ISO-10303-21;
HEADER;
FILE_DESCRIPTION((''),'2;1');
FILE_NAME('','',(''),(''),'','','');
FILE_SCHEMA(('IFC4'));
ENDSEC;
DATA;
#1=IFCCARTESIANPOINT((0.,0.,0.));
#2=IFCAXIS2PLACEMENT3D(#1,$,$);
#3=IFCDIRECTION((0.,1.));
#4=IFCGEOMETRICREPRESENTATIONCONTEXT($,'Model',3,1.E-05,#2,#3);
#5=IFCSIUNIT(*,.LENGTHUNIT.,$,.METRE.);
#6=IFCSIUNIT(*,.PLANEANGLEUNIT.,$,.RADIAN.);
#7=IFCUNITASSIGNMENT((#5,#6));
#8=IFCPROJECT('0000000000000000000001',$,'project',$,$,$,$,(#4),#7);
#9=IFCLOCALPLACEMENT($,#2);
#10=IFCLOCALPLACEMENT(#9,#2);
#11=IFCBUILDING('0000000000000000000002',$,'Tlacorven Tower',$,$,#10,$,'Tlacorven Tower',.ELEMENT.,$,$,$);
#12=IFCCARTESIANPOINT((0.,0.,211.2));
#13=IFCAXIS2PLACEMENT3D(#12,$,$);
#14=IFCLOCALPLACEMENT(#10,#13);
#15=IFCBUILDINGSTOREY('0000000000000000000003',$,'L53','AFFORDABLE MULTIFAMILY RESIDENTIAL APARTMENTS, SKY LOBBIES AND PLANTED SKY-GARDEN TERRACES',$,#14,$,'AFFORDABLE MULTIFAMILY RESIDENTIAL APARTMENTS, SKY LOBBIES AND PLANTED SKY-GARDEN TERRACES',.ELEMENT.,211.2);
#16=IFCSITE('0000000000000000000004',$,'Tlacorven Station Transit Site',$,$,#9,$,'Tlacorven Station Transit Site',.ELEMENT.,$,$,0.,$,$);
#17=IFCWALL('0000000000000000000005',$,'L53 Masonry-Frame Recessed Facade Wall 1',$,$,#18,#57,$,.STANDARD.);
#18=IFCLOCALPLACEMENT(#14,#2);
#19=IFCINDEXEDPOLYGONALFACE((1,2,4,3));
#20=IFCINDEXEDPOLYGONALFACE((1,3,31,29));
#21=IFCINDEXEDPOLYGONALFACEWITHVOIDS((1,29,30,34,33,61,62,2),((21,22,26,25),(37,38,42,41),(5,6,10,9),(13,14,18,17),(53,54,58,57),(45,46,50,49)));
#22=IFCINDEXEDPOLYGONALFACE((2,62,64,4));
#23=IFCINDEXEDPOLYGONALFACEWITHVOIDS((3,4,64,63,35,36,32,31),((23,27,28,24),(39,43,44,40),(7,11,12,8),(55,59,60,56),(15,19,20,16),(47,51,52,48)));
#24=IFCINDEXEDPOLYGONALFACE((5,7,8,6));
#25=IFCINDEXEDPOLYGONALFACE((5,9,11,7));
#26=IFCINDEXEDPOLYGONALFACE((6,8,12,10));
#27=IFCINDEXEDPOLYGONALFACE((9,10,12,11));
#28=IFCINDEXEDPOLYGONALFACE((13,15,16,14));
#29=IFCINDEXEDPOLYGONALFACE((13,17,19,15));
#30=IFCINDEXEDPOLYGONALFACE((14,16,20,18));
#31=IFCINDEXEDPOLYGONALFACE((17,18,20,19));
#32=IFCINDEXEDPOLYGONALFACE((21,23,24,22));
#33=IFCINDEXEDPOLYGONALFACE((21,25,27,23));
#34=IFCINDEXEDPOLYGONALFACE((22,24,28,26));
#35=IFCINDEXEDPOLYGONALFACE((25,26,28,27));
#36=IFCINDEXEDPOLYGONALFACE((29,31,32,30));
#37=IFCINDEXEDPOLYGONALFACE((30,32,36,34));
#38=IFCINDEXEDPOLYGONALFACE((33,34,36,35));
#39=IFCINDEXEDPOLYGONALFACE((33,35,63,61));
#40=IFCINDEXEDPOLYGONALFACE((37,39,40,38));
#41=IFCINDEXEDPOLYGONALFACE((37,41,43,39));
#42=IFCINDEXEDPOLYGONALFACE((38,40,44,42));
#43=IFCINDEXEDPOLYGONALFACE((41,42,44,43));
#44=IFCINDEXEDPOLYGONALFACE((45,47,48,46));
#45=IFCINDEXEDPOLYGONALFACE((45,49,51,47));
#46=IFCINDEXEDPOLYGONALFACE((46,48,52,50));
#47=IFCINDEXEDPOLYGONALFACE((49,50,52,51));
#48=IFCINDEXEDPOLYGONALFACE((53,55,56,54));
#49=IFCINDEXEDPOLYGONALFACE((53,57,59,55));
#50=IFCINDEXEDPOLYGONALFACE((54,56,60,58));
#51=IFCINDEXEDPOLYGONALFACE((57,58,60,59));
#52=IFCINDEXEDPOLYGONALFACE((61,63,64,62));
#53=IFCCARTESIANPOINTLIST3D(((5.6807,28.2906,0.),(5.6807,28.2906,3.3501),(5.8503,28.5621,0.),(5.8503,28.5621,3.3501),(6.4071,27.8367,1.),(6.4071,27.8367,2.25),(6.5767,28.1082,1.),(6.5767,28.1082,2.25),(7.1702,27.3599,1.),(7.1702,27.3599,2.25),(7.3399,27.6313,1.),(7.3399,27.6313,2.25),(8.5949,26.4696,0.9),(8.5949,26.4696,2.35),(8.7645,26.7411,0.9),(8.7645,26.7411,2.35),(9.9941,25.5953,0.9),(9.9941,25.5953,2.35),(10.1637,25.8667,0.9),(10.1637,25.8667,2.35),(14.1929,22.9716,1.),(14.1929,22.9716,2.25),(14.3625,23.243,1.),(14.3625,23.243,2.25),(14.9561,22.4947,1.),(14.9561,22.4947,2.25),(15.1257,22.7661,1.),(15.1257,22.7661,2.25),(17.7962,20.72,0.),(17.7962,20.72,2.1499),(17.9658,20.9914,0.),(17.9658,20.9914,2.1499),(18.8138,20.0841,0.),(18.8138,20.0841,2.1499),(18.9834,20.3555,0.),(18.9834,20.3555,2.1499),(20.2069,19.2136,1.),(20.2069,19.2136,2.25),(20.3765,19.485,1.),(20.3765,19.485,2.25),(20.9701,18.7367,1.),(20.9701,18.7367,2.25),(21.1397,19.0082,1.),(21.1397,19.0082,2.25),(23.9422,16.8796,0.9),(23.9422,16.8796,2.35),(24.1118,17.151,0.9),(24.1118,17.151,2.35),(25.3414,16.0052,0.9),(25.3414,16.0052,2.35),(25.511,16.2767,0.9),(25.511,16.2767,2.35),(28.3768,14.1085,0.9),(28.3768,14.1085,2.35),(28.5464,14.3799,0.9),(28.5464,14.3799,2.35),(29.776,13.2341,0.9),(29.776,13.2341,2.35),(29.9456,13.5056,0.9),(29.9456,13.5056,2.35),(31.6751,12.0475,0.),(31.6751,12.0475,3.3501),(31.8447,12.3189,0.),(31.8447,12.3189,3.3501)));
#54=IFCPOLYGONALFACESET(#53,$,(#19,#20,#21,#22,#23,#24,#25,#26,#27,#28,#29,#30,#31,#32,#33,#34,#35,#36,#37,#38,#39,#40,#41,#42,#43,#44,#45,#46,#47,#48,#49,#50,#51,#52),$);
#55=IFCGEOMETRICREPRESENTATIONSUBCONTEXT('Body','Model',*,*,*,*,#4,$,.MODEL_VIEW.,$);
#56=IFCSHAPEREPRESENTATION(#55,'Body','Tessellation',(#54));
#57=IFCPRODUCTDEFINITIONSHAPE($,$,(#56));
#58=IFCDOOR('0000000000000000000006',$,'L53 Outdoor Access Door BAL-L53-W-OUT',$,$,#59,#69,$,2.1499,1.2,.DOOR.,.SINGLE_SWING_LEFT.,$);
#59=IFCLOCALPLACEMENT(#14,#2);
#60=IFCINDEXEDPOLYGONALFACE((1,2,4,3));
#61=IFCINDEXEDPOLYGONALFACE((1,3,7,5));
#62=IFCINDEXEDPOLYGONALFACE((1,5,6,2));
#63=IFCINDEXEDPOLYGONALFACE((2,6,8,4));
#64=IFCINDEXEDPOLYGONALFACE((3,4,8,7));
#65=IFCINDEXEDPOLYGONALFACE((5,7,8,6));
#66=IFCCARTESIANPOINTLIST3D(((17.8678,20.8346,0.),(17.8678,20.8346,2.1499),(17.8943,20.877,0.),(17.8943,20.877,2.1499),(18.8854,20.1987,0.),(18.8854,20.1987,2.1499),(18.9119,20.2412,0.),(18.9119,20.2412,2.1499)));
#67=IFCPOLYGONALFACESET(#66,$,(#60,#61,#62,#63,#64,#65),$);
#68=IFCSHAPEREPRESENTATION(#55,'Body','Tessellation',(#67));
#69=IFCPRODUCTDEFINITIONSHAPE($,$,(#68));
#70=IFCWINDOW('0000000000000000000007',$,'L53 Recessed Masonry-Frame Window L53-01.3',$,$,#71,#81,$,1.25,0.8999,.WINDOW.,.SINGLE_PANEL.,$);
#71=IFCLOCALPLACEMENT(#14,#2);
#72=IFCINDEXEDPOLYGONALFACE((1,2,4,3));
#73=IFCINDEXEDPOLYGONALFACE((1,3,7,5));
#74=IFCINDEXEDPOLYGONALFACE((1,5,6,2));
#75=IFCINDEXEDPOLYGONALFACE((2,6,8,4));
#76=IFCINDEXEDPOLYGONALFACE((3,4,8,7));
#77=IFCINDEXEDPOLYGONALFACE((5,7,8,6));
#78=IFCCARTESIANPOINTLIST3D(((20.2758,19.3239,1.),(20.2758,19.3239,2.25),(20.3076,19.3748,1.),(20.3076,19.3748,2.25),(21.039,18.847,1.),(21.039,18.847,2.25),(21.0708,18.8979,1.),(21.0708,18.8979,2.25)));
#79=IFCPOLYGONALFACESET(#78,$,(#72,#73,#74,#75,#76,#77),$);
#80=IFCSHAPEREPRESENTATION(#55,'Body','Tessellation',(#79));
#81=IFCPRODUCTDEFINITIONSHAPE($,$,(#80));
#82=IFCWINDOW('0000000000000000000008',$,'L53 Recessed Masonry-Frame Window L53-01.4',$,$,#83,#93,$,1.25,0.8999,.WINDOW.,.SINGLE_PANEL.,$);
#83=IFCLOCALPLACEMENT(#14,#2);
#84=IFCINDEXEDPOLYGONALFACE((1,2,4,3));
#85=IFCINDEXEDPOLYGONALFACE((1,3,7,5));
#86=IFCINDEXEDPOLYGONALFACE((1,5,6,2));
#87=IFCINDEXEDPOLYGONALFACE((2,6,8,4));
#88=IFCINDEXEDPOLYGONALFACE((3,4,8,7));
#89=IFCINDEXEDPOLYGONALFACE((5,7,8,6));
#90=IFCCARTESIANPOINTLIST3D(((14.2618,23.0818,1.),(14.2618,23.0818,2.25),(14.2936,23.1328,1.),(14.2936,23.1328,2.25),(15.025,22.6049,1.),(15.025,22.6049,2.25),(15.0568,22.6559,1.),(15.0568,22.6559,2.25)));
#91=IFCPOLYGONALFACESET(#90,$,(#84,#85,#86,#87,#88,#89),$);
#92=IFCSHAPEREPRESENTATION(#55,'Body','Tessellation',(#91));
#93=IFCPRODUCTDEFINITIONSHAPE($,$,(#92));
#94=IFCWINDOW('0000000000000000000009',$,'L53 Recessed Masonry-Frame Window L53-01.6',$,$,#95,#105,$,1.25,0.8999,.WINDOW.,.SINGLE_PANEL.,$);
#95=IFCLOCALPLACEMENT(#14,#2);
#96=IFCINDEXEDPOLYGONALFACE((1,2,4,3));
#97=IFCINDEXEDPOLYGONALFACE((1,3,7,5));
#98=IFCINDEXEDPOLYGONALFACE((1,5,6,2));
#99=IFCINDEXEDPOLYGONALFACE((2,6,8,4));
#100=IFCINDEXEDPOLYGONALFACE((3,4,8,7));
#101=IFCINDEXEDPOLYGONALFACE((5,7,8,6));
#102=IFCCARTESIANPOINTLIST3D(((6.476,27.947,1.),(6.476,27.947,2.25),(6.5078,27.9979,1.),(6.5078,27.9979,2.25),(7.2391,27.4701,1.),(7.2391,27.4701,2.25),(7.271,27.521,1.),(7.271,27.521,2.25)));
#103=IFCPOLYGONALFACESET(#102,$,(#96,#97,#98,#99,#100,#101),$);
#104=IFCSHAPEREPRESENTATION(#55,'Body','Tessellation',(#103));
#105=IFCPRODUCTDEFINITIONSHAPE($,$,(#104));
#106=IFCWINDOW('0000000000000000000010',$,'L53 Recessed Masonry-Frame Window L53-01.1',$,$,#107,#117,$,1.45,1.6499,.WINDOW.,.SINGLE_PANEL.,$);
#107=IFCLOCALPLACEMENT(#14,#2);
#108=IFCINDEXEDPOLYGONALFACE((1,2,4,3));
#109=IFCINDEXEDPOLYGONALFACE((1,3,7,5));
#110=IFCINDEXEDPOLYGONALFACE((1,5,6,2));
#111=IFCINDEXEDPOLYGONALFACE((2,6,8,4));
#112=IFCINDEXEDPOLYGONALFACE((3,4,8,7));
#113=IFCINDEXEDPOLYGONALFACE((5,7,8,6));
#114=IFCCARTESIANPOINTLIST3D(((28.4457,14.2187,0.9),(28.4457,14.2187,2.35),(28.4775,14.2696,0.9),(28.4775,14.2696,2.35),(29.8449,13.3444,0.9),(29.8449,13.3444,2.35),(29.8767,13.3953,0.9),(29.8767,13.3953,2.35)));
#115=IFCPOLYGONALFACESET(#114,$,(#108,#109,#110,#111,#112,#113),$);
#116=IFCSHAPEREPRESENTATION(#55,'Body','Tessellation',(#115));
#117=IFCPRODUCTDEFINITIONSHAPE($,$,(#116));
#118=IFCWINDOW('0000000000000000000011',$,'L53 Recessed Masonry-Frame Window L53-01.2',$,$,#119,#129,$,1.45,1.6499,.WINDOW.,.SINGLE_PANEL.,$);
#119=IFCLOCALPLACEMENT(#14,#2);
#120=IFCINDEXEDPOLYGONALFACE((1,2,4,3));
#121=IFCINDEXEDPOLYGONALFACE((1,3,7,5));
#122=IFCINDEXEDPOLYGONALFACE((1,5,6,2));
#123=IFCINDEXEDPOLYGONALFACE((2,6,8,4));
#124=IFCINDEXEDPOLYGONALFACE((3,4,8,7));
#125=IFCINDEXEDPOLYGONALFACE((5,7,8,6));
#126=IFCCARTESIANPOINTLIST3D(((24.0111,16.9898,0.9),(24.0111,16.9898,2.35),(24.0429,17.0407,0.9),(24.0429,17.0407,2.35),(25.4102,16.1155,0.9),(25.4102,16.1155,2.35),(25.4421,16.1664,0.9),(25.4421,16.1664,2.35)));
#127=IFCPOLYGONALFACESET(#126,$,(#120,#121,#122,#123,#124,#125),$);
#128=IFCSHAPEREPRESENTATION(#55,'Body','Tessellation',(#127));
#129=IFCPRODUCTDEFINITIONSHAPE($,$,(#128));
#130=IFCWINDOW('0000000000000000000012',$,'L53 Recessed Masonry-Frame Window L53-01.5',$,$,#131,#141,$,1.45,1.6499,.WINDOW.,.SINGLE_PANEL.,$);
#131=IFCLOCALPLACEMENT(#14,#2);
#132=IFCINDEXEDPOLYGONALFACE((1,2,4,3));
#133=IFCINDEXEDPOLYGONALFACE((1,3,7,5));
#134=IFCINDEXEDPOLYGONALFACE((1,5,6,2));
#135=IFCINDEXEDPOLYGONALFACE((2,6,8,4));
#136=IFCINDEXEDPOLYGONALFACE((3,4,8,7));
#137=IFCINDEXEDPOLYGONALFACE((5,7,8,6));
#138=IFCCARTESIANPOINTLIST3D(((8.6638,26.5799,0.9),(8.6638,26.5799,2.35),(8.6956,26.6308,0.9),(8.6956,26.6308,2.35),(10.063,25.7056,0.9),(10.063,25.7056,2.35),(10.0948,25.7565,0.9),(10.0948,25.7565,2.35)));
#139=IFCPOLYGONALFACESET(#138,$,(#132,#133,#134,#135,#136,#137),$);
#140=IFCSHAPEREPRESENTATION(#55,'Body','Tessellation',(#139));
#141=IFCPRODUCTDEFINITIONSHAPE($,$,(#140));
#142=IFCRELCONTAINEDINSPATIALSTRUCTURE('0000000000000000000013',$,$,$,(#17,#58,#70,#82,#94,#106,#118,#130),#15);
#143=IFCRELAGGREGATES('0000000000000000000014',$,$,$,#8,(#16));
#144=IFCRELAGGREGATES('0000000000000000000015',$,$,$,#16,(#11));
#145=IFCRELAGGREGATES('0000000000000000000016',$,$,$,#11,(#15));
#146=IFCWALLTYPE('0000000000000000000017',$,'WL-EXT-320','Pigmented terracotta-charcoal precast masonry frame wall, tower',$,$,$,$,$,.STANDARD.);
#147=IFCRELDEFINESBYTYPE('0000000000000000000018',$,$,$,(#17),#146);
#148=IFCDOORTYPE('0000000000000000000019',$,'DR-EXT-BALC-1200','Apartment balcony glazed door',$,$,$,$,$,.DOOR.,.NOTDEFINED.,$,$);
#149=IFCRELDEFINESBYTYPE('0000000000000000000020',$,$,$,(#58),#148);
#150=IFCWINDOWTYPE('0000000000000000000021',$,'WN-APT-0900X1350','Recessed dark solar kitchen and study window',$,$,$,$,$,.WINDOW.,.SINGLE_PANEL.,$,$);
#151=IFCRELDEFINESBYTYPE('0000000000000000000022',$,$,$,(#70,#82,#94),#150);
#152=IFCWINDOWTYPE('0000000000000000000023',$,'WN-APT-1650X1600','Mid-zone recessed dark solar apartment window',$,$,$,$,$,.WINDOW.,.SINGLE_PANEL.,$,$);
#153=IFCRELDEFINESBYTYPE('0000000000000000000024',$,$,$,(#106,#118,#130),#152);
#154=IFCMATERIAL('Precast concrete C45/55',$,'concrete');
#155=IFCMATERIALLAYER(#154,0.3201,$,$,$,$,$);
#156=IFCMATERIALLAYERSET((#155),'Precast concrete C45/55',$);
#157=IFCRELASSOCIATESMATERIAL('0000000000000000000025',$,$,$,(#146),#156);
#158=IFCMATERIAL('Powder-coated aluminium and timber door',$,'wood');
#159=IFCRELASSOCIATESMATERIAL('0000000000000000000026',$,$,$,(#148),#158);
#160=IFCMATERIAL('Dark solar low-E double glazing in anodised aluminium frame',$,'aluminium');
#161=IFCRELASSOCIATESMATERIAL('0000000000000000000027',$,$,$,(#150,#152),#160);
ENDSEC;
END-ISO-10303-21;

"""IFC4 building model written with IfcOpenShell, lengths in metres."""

from ifc_helpers import new_model, si_unit, direction, frame, frame_2d, origin, place, context, subcontext, project, spatial, rectangle, extrude, source, transform, mapped, material, layer, layer_set, type_object, element, fill, save


model = new_model("IFC4")

# Units and contexts
model_context = context("Model", 3, precision=1e-05, world=origin(), true_north=direction((0.0, 1.0)))
body_context = subcontext(model_context, "Body", "Model", "MODEL_VIEW")
ifc_project = project(units=[si_unit("LENGTHUNIT", "METRE"), si_unit("PLANEANGLEUNIT", "RADIAN")], contexts=[model_context])

# Site, building, storey
site_placement = place(None, origin())
site = spatial("IfcSite", under=ifc_project, at=site_placement, Name="Tlacorven Station Transit Site", LongName="Tlacorven Station Transit Site", CompositionType="ELEMENT", RefElevation=0.0)
building_placement = place(site_placement, origin())
building = spatial("IfcBuilding", under=site, at=building_placement, Name="Tlacorven Tower", LongName="Tlacorven Tower", CompositionType="ELEMENT")
storey_placement = place(building_placement, frame((0.0, 0.0, 211.2)))
storey = spatial("IfcBuildingStorey", under=building, at=storey_placement, Name="L53", Description="AFFORDABLE MULTIFAMILY RESIDENTIAL APARTMENTS, SKY LOBBIES AND PLANTED SKY-GARDEN TERRACES", LongName="AFFORDABLE MULTIFAMILY RESIDENTIAL APARTMENTS, SKY LOBBIES AND PLANTED SKY-GARDEN TERRACES", CompositionType="ELEMENT", Elevation=211.2)

# Wall, openings, door, windows
ifc_material_1 = material(Name="Precast concrete C45/55", Category="concrete")
ifc_layer_1 = layer(ifc_material_1, 0.3201)
ifc_layer_set_1 = layer_set([ifc_layer_1], Name="Precast concrete C45/55")
wall_type_1 = type_object("IfcWallType", Name="WL-EXT-320", Description="Pigmented terracotta-charcoal precast masonry frame wall, tower", PredefinedType="STANDARD", material=ifc_layer_set_1)
wall_1_placement = place(storey_placement, frame((31.76, 12.1831, 0.0), z_axis=(0.0, 0.0, 1.0), x_axis=(-0.848047, 0.529921, 0.0)))
wall_1 = element("IfcWall", 1, at=wall_1_placement, inside=storey, type_object=wall_type_1, Name="L53 Masonry-Frame Recessed Facade Wall 1", PredefinedType="STANDARD", context=body_context, shape_type="SweptSolid", body=[
    extrude(rectangle(XDim=30.6521, YDim=0.3201, at=frame_2d((15.3262, 0.0))), origin(), (0.0, 0.0, 1.0), 3.3501),
])
opening_1_placement = place(wall_1_placement, frame((15.1658, 0.0, 0.0)))
opening_1 = element("IfcOpeningElement", 2, at=opening_1_placement, cuts=wall_1, PredefinedType="OPENING", context=body_context, shape_type="SweptSolid", body=[
    extrude(rectangle(XDim=1.2, YDim=2.1499, at=frame_2d((0.6001, 1.075))), frame((0.0, 0.1699, 0.0), z_axis=(0.0, -1.0, 0.0), x_axis=(1.0, 0.0, 0.0)), (0.0, 0.0, 1.0), 0.3401),
])
opening_2_placement = place(wall_1_placement, frame((2.2395, 0.0, 0.8999)))
opening_2 = element("IfcOpeningElement", 3, at=opening_2_placement, cuts=wall_1, PredefinedType="OPENING", context=body_context, shape_type="SweptSolid", body=[
    extrude(rectangle(XDim=1.6499, YDim=1.45, at=frame_2d((0.825, 0.7251))), frame((0.0, 0.1699, 0.0), z_axis=(0.0, -1.0, 0.0), x_axis=(1.0, 0.0, 0.0)), (0.0, 0.0, 1.0), 0.3401),
])
opening_3_placement = place(wall_1_placement, frame((7.4688, 0.0, 0.8999)))
opening_3 = element("IfcOpeningElement", 4, at=opening_3_placement, cuts=wall_1, PredefinedType="OPENING", context=body_context, shape_type="SweptSolid", body=[
    extrude(rectangle(XDim=1.6499, YDim=1.45, at=frame_2d((0.825, 0.7251))), frame((0.0, 0.1699, 0.0), z_axis=(0.0, -1.0, 0.0), x_axis=(1.0, 0.0, 0.0)), (0.0, 0.0, 1.0), 0.3401),
])
opening_4_placement = place(wall_1_placement, frame((12.6233, 0.0, 1.0)))
opening_4 = element("IfcOpeningElement", 5, at=opening_4_placement, cuts=wall_1, PredefinedType="OPENING", context=body_context, shape_type="SweptSolid", body=[
    extrude(rectangle(XDim=0.8999, YDim=1.25, at=frame_2d((0.45, 0.625))), frame((0.0, 0.1699, 0.0), z_axis=(0.0, -1.0, 0.0), x_axis=(1.0, 0.0, 0.0)), (0.0, 0.0, 1.0), 0.3401),
])
opening_5_placement = place(wall_1_placement, frame((19.7148, 0.0, 1.0)))
opening_5 = element("IfcOpeningElement", 6, at=opening_5_placement, cuts=wall_1, PredefinedType="OPENING", context=body_context, shape_type="SweptSolid", body=[
    extrude(rectangle(XDim=0.8999, YDim=1.25, at=frame_2d((0.45, 0.625))), frame((0.0, 0.1699, 0.0), z_axis=(0.0, -1.0, 0.0), x_axis=(1.0, 0.0, 0.0)), (0.0, 0.0, 1.0), 0.3401),
])
opening_6_placement = place(wall_1_placement, frame((25.5659, 0.0, 0.8999)))
opening_6 = element("IfcOpeningElement", 7, at=opening_6_placement, cuts=wall_1, PredefinedType="OPENING", context=body_context, shape_type="SweptSolid", body=[
    extrude(rectangle(XDim=1.6499, YDim=1.45, at=frame_2d((0.825, 0.7251))), frame((0.0, 0.1699, 0.0), z_axis=(0.0, -1.0, 0.0), x_axis=(1.0, 0.0, 0.0)), (0.0, 0.0, 1.0), 0.3401),
])
opening_7_placement = place(wall_1_placement, frame((28.8958, 0.0, 1.0)))
opening_7 = element("IfcOpeningElement", 8, at=opening_7_placement, cuts=wall_1, PredefinedType="OPENING", context=body_context, shape_type="SweptSolid", body=[
    extrude(rectangle(XDim=0.8999, YDim=1.25, at=frame_2d((0.45, 0.625))), frame((0.0, 0.1699, 0.0), z_axis=(0.0, -1.0, 0.0), x_axis=(1.0, 0.0, 0.0)), (0.0, 0.0, 1.0), 0.3401),
])
ifc_material_2 = material(Name="Powder-coated aluminium and timber door", Category="wood")
door_type_1 = type_object("IfcDoorType", Name="DR-EXT-BALC-1200", Description="Apartment balcony glazed door", OperationType="NOTDEFINED", PredefinedType="DOOR", material=ifc_material_2)
shared_shape_1 = source(origin(), body_context, "Body", "SweptSolid", [
    extrude(rectangle(XDim=1.2, YDim=2.1499, at=frame_2d((0.6001, 1.075))), frame((0.0, 0.0249, 0.0), z_axis=(0.0, -1.0, 0.0), x_axis=(1.0, 0.0, 0.0)), (0.0, 0.0, 1.0), 0.05),
])
door_1_placement = place(opening_1_placement, origin())
door_1 = element("IfcDoor", 9, at=door_1_placement, inside=storey, type_object=door_type_1, Name="L53 Outdoor Access Door BAL-L53-W-OUT", OperationType="SINGLE_SWING_LEFT", OverallHeight=2.1499, OverallWidth=1.2, PredefinedType="DOOR", context=body_context, shape_type="MappedRepresentation", body=[
    mapped(shared_shape_1, transform((0.0, 0.0, 0.0), scale=1.0)),
])
fill(opening_1, door_1)
ifc_material_3 = material(Name="Dark solar low-E double glazing in anodised aluminium frame", Category="aluminium")
window_type_1 = type_object("IfcWindowType", Name="WN-APT-0900X1350", Description="Recessed dark solar kitchen and study window", PartitioningType="SINGLE_PANEL", PredefinedType="WINDOW", material=ifc_material_3)
shared_shape_2 = source(origin(), body_context, "Body", "SweptSolid", [
    extrude(rectangle(XDim=0.8999, YDim=1.25, at=frame_2d((0.45, 0.625))), frame((0.0, 0.03, 0.0), z_axis=(0.0, -1.0, 0.0), x_axis=(1.0, 0.0, 0.0)), (0.0, 0.0, 1.0), 0.0601),
])
window_1_placement = place(opening_4_placement, origin())
window_1 = element("IfcWindow", 10, at=window_1_placement, inside=storey, type_object=window_type_1, Name="L53 Recessed Masonry-Frame Window L53-01.3", OverallHeight=1.25, OverallWidth=0.8999, PartitioningType="SINGLE_PANEL", PredefinedType="WINDOW", context=body_context, shape_type="MappedRepresentation", body=[
    mapped(shared_shape_2, transform((0.0, 0.0, 0.0), scale=1.0)),
])
fill(opening_4, window_1)
window_2_placement = place(opening_5_placement, origin())
window_2 = element("IfcWindow", 11, at=window_2_placement, inside=storey, type_object=window_type_1, Name="L53 Recessed Masonry-Frame Window L53-01.4", OverallHeight=1.25, OverallWidth=0.8999, PartitioningType="SINGLE_PANEL", PredefinedType="WINDOW", context=body_context, shape_type="MappedRepresentation", body=[
    mapped(shared_shape_2, transform((0.0, 0.0, 0.0), scale=1.0)),
])
fill(opening_5, window_2)
window_3_placement = place(opening_7_placement, origin())
window_3 = element("IfcWindow", 12, at=window_3_placement, inside=storey, type_object=window_type_1, Name="L53 Recessed Masonry-Frame Window L53-01.6", OverallHeight=1.25, OverallWidth=0.8999, PartitioningType="SINGLE_PANEL", PredefinedType="WINDOW", context=body_context, shape_type="MappedRepresentation", body=[
    mapped(shared_shape_2, transform((0.0, 0.0, 0.0), scale=1.0)),
])
fill(opening_7, window_3)
window_type_2 = type_object("IfcWindowType", Name="WN-APT-1650X1600", Description="Mid-zone recessed dark solar apartment window", PartitioningType="SINGLE_PANEL", PredefinedType="WINDOW", material=ifc_material_3)
shared_shape_3 = source(origin(), body_context, "Body", "SweptSolid", [
    extrude(rectangle(XDim=1.6499, YDim=1.45, at=frame_2d((0.825, 0.7251))), frame((0.0, 0.03, 0.0), z_axis=(0.0, -1.0, 0.0), x_axis=(1.0, 0.0, 0.0)), (0.0, 0.0, 1.0), 0.0601),
])
window_4_placement = place(opening_2_placement, origin())
window_4 = element("IfcWindow", 13, at=window_4_placement, inside=storey, type_object=window_type_2, Name="L53 Recessed Masonry-Frame Window L53-01.1", OverallHeight=1.45, OverallWidth=1.6499, PartitioningType="SINGLE_PANEL", PredefinedType="WINDOW", context=body_context, shape_type="MappedRepresentation", body=[
    mapped(shared_shape_3, transform((0.0, 0.0, 0.0), scale=1.0)),
])
fill(opening_2, window_4)
window_5_placement = place(opening_3_placement, origin())
window_5 = element("IfcWindow", 14, at=window_5_placement, inside=storey, type_object=window_type_2, Name="L53 Recessed Masonry-Frame Window L53-01.2", OverallHeight=1.45, OverallWidth=1.6499, PartitioningType="SINGLE_PANEL", PredefinedType="WINDOW", context=body_context, shape_type="MappedRepresentation", body=[
    mapped(shared_shape_3, transform((0.0, 0.0, 0.0), scale=1.0)),
])
fill(opening_3, window_5)
window_6_placement = place(opening_6_placement, origin())
window_6 = element("IfcWindow", 15, at=window_6_placement, inside=storey, type_object=window_type_2, Name="L53 Recessed Masonry-Frame Window L53-01.5", OverallHeight=1.45, OverallWidth=1.6499, PartitioningType="SINGLE_PANEL", PredefinedType="WINDOW", context=body_context, shape_type="MappedRepresentation", body=[
    mapped(shared_shape_3, transform((0.0, 0.0, 0.0), scale=1.0)),
])
fill(opening_6, window_6)

save(model, "model.ifc")
